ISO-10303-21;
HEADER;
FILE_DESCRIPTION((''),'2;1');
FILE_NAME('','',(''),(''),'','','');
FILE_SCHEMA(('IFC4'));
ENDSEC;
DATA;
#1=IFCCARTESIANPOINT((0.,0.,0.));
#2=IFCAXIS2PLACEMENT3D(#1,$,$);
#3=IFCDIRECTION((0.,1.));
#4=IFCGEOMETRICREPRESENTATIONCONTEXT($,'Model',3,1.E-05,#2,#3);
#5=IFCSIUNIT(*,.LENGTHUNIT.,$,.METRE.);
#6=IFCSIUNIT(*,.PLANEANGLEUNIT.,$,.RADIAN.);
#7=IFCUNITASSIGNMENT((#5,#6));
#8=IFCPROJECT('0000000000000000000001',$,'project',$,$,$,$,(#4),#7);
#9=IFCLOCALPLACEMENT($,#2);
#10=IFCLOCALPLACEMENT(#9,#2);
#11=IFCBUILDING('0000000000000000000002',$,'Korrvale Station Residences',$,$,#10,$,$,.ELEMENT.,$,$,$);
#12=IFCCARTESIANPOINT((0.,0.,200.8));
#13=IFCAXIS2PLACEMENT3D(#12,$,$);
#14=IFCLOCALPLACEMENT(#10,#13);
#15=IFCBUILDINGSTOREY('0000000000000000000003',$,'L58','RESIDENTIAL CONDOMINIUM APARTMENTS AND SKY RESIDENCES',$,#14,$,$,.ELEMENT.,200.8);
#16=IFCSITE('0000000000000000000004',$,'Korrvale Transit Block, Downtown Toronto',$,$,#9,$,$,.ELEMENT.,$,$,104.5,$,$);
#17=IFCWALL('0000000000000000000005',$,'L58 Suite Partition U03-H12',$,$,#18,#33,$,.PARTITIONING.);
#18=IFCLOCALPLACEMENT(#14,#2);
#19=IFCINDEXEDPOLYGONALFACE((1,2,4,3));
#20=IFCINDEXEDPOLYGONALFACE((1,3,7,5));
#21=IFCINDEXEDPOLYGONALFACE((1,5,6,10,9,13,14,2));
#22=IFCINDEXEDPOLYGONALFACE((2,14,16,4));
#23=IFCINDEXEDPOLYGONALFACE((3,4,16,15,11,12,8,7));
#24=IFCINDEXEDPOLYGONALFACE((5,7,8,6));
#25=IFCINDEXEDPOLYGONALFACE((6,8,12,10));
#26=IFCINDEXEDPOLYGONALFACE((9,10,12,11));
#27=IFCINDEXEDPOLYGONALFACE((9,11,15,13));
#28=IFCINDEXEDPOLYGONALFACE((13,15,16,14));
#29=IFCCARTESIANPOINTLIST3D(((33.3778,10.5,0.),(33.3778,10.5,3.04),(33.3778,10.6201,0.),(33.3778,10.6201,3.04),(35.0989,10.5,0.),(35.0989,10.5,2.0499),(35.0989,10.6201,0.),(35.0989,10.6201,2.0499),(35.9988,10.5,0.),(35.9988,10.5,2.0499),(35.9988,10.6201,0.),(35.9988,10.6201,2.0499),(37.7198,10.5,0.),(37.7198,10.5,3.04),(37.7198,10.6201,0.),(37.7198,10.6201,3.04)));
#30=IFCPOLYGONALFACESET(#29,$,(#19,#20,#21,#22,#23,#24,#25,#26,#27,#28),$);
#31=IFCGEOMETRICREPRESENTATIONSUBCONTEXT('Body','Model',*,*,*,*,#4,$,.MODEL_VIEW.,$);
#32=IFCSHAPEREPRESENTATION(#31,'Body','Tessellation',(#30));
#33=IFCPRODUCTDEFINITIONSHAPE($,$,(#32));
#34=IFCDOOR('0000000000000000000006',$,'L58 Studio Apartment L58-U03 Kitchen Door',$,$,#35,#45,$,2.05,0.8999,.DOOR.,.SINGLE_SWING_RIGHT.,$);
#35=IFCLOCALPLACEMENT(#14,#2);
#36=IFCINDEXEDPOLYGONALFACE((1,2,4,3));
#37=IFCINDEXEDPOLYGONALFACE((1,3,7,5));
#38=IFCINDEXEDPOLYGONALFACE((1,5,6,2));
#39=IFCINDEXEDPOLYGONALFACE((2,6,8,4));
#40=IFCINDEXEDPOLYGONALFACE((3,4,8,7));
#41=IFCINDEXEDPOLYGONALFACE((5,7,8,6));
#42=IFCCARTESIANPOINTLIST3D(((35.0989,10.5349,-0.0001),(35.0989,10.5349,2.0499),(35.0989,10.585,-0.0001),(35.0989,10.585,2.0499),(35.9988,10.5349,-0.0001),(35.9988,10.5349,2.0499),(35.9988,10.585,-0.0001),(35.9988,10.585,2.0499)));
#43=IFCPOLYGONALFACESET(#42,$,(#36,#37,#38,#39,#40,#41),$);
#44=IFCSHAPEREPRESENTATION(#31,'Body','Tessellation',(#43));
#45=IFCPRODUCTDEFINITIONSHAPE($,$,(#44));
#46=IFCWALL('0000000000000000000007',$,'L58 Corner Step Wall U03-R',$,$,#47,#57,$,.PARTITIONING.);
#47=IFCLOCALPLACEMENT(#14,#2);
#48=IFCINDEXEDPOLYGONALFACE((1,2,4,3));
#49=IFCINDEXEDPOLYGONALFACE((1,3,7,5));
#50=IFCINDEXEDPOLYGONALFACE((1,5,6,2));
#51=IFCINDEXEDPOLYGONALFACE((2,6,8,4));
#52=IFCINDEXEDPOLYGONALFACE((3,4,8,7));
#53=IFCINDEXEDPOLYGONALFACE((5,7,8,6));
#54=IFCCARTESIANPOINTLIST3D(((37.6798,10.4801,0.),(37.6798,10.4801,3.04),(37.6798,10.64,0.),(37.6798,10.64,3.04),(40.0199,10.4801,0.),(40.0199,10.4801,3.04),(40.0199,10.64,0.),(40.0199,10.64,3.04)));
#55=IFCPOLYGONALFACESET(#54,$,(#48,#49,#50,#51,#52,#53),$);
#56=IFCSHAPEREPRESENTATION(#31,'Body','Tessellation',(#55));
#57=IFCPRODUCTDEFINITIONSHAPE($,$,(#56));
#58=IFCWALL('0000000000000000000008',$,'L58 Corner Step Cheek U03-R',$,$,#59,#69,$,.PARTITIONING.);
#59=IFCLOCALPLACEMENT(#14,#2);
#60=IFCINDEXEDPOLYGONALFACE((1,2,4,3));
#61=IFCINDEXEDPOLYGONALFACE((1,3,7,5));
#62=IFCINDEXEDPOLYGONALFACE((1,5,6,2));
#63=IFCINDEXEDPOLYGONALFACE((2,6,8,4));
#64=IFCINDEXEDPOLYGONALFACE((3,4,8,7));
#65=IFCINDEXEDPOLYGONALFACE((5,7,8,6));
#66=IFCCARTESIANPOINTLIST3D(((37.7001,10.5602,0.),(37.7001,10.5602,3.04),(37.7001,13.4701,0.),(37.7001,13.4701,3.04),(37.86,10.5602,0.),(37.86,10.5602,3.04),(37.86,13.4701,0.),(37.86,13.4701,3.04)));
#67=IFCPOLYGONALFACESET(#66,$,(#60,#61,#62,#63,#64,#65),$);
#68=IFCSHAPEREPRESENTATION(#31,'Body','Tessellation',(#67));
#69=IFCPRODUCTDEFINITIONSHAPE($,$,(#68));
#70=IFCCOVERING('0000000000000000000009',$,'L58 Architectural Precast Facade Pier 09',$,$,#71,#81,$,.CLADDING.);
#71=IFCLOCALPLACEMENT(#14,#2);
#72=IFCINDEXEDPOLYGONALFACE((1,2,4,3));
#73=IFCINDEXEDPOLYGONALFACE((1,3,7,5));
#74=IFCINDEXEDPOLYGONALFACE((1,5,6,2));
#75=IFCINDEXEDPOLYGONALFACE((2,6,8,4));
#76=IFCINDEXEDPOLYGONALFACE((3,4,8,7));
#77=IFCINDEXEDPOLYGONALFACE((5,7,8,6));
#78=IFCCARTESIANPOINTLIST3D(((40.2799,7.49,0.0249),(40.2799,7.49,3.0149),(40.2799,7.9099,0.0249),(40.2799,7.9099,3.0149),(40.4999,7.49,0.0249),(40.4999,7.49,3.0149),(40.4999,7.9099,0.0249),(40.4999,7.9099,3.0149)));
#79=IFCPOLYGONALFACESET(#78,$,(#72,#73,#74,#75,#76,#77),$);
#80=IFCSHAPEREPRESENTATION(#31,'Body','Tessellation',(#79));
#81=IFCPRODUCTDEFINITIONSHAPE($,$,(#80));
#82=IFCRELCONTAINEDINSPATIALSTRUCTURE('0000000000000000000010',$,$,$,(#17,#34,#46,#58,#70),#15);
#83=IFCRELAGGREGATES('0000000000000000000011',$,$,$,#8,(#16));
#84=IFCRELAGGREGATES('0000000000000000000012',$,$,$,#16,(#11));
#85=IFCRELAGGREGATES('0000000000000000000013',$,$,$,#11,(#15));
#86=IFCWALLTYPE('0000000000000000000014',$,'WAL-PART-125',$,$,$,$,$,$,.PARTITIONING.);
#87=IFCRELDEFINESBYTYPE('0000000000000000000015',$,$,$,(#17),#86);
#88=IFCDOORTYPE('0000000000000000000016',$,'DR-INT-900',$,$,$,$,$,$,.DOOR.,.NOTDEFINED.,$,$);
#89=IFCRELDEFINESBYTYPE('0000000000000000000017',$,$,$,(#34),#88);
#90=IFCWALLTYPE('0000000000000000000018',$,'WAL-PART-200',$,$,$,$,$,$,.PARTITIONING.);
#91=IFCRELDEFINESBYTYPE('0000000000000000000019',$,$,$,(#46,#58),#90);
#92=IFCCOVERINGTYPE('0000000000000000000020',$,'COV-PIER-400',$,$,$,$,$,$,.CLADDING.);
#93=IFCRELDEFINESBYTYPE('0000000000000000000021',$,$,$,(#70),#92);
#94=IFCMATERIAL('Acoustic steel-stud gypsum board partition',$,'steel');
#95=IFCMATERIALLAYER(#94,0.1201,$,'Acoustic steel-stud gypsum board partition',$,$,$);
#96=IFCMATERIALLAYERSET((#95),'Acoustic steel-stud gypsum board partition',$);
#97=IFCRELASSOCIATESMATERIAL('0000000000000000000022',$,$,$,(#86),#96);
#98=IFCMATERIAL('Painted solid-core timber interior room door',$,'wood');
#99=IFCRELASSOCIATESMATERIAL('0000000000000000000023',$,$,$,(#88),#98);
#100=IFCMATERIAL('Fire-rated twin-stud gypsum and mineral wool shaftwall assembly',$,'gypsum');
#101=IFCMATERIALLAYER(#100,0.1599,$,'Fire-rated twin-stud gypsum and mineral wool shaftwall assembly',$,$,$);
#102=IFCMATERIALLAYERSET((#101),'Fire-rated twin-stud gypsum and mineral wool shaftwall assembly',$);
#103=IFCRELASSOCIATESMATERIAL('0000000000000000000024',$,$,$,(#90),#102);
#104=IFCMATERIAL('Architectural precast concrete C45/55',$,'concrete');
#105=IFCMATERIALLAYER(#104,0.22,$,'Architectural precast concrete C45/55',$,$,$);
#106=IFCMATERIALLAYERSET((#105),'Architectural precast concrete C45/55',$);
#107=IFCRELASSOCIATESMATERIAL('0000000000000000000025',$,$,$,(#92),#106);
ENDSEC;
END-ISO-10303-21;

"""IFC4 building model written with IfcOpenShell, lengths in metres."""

from ifc_helpers import new_model, si_unit, direction, frame, frame_2d, origin, origin_2d, place, context, subcontext, project, spatial, rectangle, extrude, material, layer, layer_set, type_object, element, fill, save


model = new_model("IFC4")

# Units and contexts
model_context = context("Model", 3, precision=1e-05, world=origin(), true_north=direction((0.0, 1.0)))
body_context = subcontext(model_context, "Body", "Model", "MODEL_VIEW")
ifc_project = project(units=[si_unit("LENGTHUNIT", "METRE"), si_unit("PLANEANGLEUNIT", "RADIAN")], contexts=[model_context])

# Site, building, storey
site_placement = place(None, origin())
site = spatial("IfcSite", under=ifc_project, at=site_placement, Name="Korrvale Transit Block, Downtown Toronto", CompositionType="ELEMENT", RefElevation=104.5)
building_placement = place(site_placement, origin())
building = spatial("IfcBuilding", under=site, at=building_placement, Name="Korrvale Station Residences", CompositionType="ELEMENT")
storey_placement = place(building_placement, frame((0.0, 0.0, 200.8)))
storey = spatial("IfcBuildingStorey", under=building, at=storey_placement, Name="L58", Description="RESIDENTIAL CONDOMINIUM APARTMENTS AND SKY RESIDENCES", CompositionType="ELEMENT", Elevation=200.8)

# Wall, opening, door
ifc_material_1 = material(Name="Acoustic steel-stud gypsum board partition", Category="steel")
ifc_layer_1 = layer(ifc_material_1, 0.1201, Name="Acoustic steel-stud gypsum board partition")
ifc_layer_set_1 = layer_set([ifc_layer_1], Name="Acoustic steel-stud gypsum board partition")
wall_type_1 = type_object("IfcWallType", Name="WAL-PART-125", PredefinedType="PARTITIONING", material=ifc_layer_set_1)
wall_1_placement = place(storey_placement, frame((33.3779, 10.5601, 0.0), z_axis=(0.0, 0.0, 1.0), x_axis=(1.0, 0.0, 0.0)))
wall_1 = element("IfcWall", 1, at=wall_1_placement, inside=storey, type_object=wall_type_1, Name="L58 Suite Partition U03-H12", PredefinedType="PARTITIONING", context=body_context, shape_type="SweptSolid", body=[
    extrude(rectangle(XDim=4.342, YDim=0.1201, at=frame_2d((2.1709, 0.0))), origin(), (0.0, 0.0, 1.0), 3.04),
])
opening_1_placement = place(wall_1_placement, frame((1.7209, 0.0, 0.0)))
opening_1 = element("IfcOpeningElement", 2, at=opening_1_placement, cuts=wall_1, PredefinedType="OPENING", context=body_context, shape_type="SweptSolid", body=[
    extrude(rectangle(XDim=0.8999, YDim=2.05, at=frame_2d((0.45, 1.0249))), frame((0.0, 0.0701, 0.0), z_axis=(0.0, -1.0, 0.0), x_axis=(1.0, 0.0, 0.0)), (0.0, 0.0, 1.0), 0.1401),
])
ifc_material_2 = material(Name="Painted solid-core timber interior room door", Category="wood")
door_type_1 = type_object("IfcDoorType", Name="DR-INT-900", OperationType="NOTDEFINED", PredefinedType="DOOR", material=ifc_material_2)
door_1_placement = place(opening_1_placement, origin())
door_1 = element("IfcDoor", 3, at=door_1_placement, inside=storey, type_object=door_type_1, Name="L58 Studio Apartment L58-U03 Kitchen Door", OperationType="SINGLE_SWING_RIGHT", OverallHeight=2.05, OverallWidth=0.8999, PredefinedType="DOOR", context=body_context, shape_type="SweptSolid", body=[
    extrude(rectangle(XDim=0.8999, YDim=2.05, at=frame_2d((0.45, 1.0249))), frame((0.0, 0.0249, 0.0), z_axis=(0.0, -1.0, 0.0), x_axis=(1.0, 0.0, 0.0)), (0.0, 0.0, 1.0), 0.05),
])
fill(opening_1, door_1)

# Walls
ifc_material_3 = material(Name="Fire-rated twin-stud gypsum and mineral wool shaftwall assembly", Category="gypsum")
ifc_layer_2 = layer(ifc_material_3, 0.1599, Name="Fire-rated twin-stud gypsum and mineral wool shaftwall assembly")
ifc_layer_set_2 = layer_set([ifc_layer_2], Name="Fire-rated twin-stud gypsum and mineral wool shaftwall assembly")
wall_type_2 = type_object("IfcWallType", Name="WAL-PART-200", PredefinedType="PARTITIONING", material=ifc_layer_set_2)
wall_2_placement = place(storey_placement, frame((37.6799, 10.5601, 0.0), z_axis=(0.0, 0.0, 1.0), x_axis=(1.0, 0.0, 0.0)))
element("IfcWall", 4, at=wall_2_placement, inside=storey, type_object=wall_type_2, Name="L58 Corner Step Wall U03-R", PredefinedType="PARTITIONING", context=body_context, shape_type="SweptSolid", body=[
    extrude(rectangle(XDim=2.3401, YDim=0.1599, at=frame_2d((1.1699, 0.0))), origin(), (0.0, 0.0, 1.0), 3.04),
])
wall_3_placement = place(storey_placement, frame((37.78, 10.5601, 0.0), z_axis=(0.0, 0.0, 1.0), x_axis=(0.0, 1.0, 0.0)))
element("IfcWall", 5, at=wall_3_placement, inside=storey, type_object=wall_type_2, Name="L58 Corner Step Cheek U03-R", PredefinedType="PARTITIONING", context=body_context, shape_type="SweptSolid", body=[
    extrude(rectangle(XDim=2.9099, YDim=0.1599, at=frame_2d((1.4551, 0.0))), origin(), (0.0, 0.0, 1.0), 3.04),
])

# Covering
ifc_material_4 = material(Name="Architectural precast concrete C45/55", Category="concrete")
ifc_layer_3 = layer(ifc_material_4, 0.22, Name="Architectural precast concrete C45/55")
ifc_layer_set_3 = layer_set([ifc_layer_3], Name="Architectural precast concrete C45/55")
covering_type = type_object("IfcCoveringType", Name="COV-PIER-400", PredefinedType="CLADDING", material=ifc_layer_set_3)
covering_placement = place(storey_placement, frame((40.3899, 7.7, 0.0249), z_axis=(0.0, 0.0, 1.0), x_axis=(0.0, 1.0, 0.0)))
element("IfcCovering", 6, at=covering_placement, inside=storey, type_object=covering_type, Name="L58 Architectural Precast Facade Pier 09", PredefinedType="CLADDING", context=body_context, shape_type="SweptSolid", body=[
    extrude(rectangle(XDim=0.4199, YDim=0.22, at=origin_2d()), origin(), (0.0, 0.0, 1.0), 2.99),
])

save(model, "model.ifc")
